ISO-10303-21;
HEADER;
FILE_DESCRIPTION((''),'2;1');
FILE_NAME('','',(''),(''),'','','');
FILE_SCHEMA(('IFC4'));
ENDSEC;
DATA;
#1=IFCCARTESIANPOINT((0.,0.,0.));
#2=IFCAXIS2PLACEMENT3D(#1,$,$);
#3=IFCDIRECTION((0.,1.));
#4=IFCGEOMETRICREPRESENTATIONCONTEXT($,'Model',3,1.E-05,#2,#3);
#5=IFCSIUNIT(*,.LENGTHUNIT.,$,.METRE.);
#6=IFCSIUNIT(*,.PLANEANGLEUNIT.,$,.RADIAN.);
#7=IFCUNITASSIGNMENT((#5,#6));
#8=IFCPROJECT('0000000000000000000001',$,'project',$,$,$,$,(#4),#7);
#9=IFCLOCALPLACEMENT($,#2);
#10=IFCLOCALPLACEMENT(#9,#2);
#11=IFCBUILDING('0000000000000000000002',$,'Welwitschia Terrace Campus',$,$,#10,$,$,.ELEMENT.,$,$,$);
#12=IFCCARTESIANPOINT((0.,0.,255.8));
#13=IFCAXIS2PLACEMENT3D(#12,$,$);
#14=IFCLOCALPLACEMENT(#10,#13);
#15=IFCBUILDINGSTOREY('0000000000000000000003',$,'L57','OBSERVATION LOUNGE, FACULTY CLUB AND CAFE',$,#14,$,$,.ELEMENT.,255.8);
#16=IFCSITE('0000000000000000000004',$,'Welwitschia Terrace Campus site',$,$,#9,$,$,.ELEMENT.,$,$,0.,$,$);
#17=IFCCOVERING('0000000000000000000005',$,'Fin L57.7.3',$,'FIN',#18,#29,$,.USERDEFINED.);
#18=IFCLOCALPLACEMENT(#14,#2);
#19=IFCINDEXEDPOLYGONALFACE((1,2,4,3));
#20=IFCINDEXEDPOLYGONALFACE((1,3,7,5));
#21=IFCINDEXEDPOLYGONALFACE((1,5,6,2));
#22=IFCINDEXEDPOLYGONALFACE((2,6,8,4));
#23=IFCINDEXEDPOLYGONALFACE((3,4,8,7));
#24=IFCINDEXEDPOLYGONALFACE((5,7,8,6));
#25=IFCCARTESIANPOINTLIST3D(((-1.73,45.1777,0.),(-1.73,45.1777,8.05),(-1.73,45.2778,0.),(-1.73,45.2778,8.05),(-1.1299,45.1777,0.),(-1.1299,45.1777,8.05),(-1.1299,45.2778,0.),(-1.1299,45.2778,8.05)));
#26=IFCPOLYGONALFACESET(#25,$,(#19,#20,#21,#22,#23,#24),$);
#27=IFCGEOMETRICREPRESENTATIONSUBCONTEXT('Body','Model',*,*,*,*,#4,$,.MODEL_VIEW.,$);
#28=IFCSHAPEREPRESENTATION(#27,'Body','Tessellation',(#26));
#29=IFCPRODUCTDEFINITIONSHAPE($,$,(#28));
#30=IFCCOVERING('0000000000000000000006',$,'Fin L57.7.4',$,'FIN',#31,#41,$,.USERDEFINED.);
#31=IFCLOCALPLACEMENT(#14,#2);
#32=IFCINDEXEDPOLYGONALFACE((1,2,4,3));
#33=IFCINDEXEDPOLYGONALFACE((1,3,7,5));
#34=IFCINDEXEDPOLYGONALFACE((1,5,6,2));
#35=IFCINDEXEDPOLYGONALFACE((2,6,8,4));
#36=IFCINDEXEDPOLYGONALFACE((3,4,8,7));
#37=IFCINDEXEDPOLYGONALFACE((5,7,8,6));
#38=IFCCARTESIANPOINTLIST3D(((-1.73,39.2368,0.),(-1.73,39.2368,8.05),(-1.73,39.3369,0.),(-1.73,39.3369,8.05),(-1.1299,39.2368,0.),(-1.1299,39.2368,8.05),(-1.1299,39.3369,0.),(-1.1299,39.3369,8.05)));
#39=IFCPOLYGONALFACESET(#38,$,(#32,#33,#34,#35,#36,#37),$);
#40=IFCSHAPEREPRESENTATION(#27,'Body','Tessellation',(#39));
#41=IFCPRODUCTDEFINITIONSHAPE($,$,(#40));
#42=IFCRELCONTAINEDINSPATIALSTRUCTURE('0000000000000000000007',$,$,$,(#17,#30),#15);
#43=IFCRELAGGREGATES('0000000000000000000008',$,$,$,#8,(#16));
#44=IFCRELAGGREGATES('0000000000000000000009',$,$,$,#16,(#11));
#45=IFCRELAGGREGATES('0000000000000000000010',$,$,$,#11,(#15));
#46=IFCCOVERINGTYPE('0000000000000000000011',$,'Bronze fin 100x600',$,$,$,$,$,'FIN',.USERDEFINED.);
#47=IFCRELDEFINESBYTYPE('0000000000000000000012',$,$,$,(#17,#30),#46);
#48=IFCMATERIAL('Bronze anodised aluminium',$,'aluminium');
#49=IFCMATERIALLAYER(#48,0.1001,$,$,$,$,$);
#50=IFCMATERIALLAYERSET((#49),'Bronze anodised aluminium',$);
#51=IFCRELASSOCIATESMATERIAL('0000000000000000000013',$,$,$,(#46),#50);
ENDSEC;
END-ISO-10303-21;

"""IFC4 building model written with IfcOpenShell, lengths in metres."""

from ifc_helpers import new_model, si_unit, direction, frame, origin, origin_2d, place, context, subcontext, project, spatial, rectangle, extrude, material, layer, layer_set, type_object, element, save


model = new_model("IFC4")

# Units and contexts
model_context = context("Model", 3, precision=1e-05, world=origin(), true_north=direction((0.0, 1.0)))
body_context = subcontext(model_context, "Body", "Model", "MODEL_VIEW")
ifc_project = project(units=[si_unit("LENGTHUNIT", "METRE"), si_unit("PLANEANGLEUNIT", "RADIAN")], contexts=[model_context])

# Site, building, storey
site_placement = place(None, origin())
site = spatial("IfcSite", under=ifc_project, at=site_placement, Name="Welwitschia Terrace Campus site", CompositionType="ELEMENT", RefElevation=0.0)
building_placement = place(site_placement, origin())
building = spatial("IfcBuilding", under=site, at=building_placement, Name="Welwitschia Terrace Campus", CompositionType="ELEMENT")
storey_placement = place(building_placement, frame((0.0, 0.0, 255.8)))
storey = spatial("IfcBuildingStorey", under=building, at=storey_placement, Name="L57", Description="OBSERVATION LOUNGE, FACULTY CLUB AND CAFE", CompositionType="ELEMENT", Elevation=255.8)

# Coverings
ifc_material_1 = material(Name="Bronze anodised aluminium", Category="aluminium")
ifc_layer_1 = layer(ifc_material_1, 0.1001)
ifc_layer_set_1 = layer_set([ifc_layer_1], Name="Bronze anodised aluminium")
covering_type = type_object("IfcCoveringType", Name="Bronze fin 100x600", ElementType="FIN", PredefinedType="USERDEFINED", material=ifc_layer_set_1)
for number, where, z_axis, x_axis, name in (
    (1, (-1.4299, 45.2278, 0.0), (0.0, 0.0, 1.0), (0.0, -1.0, 0.0), "Fin L57.7.3"),
    (2, (-1.4299, 39.2869, 0.0), (0.0, 0.0, 1.0), (0.0, -1.0, 0.0), "Fin L57.7.4"),
):
    element("IfcCovering", number, at=place(storey_placement, frame(where, z_axis=z_axis, x_axis=x_axis)), inside=storey, type_object=covering_type, Name=name, ObjectType="FIN", PredefinedType="USERDEFINED", context=body_context, shape_type="SweptSolid", body=[
        extrude(rectangle(XDim=0.1001, YDim=0.6001, at=origin_2d()), origin(), (0.0, 0.0, 1.0), 8.05),
    ])

save(model, "model.ifc")
